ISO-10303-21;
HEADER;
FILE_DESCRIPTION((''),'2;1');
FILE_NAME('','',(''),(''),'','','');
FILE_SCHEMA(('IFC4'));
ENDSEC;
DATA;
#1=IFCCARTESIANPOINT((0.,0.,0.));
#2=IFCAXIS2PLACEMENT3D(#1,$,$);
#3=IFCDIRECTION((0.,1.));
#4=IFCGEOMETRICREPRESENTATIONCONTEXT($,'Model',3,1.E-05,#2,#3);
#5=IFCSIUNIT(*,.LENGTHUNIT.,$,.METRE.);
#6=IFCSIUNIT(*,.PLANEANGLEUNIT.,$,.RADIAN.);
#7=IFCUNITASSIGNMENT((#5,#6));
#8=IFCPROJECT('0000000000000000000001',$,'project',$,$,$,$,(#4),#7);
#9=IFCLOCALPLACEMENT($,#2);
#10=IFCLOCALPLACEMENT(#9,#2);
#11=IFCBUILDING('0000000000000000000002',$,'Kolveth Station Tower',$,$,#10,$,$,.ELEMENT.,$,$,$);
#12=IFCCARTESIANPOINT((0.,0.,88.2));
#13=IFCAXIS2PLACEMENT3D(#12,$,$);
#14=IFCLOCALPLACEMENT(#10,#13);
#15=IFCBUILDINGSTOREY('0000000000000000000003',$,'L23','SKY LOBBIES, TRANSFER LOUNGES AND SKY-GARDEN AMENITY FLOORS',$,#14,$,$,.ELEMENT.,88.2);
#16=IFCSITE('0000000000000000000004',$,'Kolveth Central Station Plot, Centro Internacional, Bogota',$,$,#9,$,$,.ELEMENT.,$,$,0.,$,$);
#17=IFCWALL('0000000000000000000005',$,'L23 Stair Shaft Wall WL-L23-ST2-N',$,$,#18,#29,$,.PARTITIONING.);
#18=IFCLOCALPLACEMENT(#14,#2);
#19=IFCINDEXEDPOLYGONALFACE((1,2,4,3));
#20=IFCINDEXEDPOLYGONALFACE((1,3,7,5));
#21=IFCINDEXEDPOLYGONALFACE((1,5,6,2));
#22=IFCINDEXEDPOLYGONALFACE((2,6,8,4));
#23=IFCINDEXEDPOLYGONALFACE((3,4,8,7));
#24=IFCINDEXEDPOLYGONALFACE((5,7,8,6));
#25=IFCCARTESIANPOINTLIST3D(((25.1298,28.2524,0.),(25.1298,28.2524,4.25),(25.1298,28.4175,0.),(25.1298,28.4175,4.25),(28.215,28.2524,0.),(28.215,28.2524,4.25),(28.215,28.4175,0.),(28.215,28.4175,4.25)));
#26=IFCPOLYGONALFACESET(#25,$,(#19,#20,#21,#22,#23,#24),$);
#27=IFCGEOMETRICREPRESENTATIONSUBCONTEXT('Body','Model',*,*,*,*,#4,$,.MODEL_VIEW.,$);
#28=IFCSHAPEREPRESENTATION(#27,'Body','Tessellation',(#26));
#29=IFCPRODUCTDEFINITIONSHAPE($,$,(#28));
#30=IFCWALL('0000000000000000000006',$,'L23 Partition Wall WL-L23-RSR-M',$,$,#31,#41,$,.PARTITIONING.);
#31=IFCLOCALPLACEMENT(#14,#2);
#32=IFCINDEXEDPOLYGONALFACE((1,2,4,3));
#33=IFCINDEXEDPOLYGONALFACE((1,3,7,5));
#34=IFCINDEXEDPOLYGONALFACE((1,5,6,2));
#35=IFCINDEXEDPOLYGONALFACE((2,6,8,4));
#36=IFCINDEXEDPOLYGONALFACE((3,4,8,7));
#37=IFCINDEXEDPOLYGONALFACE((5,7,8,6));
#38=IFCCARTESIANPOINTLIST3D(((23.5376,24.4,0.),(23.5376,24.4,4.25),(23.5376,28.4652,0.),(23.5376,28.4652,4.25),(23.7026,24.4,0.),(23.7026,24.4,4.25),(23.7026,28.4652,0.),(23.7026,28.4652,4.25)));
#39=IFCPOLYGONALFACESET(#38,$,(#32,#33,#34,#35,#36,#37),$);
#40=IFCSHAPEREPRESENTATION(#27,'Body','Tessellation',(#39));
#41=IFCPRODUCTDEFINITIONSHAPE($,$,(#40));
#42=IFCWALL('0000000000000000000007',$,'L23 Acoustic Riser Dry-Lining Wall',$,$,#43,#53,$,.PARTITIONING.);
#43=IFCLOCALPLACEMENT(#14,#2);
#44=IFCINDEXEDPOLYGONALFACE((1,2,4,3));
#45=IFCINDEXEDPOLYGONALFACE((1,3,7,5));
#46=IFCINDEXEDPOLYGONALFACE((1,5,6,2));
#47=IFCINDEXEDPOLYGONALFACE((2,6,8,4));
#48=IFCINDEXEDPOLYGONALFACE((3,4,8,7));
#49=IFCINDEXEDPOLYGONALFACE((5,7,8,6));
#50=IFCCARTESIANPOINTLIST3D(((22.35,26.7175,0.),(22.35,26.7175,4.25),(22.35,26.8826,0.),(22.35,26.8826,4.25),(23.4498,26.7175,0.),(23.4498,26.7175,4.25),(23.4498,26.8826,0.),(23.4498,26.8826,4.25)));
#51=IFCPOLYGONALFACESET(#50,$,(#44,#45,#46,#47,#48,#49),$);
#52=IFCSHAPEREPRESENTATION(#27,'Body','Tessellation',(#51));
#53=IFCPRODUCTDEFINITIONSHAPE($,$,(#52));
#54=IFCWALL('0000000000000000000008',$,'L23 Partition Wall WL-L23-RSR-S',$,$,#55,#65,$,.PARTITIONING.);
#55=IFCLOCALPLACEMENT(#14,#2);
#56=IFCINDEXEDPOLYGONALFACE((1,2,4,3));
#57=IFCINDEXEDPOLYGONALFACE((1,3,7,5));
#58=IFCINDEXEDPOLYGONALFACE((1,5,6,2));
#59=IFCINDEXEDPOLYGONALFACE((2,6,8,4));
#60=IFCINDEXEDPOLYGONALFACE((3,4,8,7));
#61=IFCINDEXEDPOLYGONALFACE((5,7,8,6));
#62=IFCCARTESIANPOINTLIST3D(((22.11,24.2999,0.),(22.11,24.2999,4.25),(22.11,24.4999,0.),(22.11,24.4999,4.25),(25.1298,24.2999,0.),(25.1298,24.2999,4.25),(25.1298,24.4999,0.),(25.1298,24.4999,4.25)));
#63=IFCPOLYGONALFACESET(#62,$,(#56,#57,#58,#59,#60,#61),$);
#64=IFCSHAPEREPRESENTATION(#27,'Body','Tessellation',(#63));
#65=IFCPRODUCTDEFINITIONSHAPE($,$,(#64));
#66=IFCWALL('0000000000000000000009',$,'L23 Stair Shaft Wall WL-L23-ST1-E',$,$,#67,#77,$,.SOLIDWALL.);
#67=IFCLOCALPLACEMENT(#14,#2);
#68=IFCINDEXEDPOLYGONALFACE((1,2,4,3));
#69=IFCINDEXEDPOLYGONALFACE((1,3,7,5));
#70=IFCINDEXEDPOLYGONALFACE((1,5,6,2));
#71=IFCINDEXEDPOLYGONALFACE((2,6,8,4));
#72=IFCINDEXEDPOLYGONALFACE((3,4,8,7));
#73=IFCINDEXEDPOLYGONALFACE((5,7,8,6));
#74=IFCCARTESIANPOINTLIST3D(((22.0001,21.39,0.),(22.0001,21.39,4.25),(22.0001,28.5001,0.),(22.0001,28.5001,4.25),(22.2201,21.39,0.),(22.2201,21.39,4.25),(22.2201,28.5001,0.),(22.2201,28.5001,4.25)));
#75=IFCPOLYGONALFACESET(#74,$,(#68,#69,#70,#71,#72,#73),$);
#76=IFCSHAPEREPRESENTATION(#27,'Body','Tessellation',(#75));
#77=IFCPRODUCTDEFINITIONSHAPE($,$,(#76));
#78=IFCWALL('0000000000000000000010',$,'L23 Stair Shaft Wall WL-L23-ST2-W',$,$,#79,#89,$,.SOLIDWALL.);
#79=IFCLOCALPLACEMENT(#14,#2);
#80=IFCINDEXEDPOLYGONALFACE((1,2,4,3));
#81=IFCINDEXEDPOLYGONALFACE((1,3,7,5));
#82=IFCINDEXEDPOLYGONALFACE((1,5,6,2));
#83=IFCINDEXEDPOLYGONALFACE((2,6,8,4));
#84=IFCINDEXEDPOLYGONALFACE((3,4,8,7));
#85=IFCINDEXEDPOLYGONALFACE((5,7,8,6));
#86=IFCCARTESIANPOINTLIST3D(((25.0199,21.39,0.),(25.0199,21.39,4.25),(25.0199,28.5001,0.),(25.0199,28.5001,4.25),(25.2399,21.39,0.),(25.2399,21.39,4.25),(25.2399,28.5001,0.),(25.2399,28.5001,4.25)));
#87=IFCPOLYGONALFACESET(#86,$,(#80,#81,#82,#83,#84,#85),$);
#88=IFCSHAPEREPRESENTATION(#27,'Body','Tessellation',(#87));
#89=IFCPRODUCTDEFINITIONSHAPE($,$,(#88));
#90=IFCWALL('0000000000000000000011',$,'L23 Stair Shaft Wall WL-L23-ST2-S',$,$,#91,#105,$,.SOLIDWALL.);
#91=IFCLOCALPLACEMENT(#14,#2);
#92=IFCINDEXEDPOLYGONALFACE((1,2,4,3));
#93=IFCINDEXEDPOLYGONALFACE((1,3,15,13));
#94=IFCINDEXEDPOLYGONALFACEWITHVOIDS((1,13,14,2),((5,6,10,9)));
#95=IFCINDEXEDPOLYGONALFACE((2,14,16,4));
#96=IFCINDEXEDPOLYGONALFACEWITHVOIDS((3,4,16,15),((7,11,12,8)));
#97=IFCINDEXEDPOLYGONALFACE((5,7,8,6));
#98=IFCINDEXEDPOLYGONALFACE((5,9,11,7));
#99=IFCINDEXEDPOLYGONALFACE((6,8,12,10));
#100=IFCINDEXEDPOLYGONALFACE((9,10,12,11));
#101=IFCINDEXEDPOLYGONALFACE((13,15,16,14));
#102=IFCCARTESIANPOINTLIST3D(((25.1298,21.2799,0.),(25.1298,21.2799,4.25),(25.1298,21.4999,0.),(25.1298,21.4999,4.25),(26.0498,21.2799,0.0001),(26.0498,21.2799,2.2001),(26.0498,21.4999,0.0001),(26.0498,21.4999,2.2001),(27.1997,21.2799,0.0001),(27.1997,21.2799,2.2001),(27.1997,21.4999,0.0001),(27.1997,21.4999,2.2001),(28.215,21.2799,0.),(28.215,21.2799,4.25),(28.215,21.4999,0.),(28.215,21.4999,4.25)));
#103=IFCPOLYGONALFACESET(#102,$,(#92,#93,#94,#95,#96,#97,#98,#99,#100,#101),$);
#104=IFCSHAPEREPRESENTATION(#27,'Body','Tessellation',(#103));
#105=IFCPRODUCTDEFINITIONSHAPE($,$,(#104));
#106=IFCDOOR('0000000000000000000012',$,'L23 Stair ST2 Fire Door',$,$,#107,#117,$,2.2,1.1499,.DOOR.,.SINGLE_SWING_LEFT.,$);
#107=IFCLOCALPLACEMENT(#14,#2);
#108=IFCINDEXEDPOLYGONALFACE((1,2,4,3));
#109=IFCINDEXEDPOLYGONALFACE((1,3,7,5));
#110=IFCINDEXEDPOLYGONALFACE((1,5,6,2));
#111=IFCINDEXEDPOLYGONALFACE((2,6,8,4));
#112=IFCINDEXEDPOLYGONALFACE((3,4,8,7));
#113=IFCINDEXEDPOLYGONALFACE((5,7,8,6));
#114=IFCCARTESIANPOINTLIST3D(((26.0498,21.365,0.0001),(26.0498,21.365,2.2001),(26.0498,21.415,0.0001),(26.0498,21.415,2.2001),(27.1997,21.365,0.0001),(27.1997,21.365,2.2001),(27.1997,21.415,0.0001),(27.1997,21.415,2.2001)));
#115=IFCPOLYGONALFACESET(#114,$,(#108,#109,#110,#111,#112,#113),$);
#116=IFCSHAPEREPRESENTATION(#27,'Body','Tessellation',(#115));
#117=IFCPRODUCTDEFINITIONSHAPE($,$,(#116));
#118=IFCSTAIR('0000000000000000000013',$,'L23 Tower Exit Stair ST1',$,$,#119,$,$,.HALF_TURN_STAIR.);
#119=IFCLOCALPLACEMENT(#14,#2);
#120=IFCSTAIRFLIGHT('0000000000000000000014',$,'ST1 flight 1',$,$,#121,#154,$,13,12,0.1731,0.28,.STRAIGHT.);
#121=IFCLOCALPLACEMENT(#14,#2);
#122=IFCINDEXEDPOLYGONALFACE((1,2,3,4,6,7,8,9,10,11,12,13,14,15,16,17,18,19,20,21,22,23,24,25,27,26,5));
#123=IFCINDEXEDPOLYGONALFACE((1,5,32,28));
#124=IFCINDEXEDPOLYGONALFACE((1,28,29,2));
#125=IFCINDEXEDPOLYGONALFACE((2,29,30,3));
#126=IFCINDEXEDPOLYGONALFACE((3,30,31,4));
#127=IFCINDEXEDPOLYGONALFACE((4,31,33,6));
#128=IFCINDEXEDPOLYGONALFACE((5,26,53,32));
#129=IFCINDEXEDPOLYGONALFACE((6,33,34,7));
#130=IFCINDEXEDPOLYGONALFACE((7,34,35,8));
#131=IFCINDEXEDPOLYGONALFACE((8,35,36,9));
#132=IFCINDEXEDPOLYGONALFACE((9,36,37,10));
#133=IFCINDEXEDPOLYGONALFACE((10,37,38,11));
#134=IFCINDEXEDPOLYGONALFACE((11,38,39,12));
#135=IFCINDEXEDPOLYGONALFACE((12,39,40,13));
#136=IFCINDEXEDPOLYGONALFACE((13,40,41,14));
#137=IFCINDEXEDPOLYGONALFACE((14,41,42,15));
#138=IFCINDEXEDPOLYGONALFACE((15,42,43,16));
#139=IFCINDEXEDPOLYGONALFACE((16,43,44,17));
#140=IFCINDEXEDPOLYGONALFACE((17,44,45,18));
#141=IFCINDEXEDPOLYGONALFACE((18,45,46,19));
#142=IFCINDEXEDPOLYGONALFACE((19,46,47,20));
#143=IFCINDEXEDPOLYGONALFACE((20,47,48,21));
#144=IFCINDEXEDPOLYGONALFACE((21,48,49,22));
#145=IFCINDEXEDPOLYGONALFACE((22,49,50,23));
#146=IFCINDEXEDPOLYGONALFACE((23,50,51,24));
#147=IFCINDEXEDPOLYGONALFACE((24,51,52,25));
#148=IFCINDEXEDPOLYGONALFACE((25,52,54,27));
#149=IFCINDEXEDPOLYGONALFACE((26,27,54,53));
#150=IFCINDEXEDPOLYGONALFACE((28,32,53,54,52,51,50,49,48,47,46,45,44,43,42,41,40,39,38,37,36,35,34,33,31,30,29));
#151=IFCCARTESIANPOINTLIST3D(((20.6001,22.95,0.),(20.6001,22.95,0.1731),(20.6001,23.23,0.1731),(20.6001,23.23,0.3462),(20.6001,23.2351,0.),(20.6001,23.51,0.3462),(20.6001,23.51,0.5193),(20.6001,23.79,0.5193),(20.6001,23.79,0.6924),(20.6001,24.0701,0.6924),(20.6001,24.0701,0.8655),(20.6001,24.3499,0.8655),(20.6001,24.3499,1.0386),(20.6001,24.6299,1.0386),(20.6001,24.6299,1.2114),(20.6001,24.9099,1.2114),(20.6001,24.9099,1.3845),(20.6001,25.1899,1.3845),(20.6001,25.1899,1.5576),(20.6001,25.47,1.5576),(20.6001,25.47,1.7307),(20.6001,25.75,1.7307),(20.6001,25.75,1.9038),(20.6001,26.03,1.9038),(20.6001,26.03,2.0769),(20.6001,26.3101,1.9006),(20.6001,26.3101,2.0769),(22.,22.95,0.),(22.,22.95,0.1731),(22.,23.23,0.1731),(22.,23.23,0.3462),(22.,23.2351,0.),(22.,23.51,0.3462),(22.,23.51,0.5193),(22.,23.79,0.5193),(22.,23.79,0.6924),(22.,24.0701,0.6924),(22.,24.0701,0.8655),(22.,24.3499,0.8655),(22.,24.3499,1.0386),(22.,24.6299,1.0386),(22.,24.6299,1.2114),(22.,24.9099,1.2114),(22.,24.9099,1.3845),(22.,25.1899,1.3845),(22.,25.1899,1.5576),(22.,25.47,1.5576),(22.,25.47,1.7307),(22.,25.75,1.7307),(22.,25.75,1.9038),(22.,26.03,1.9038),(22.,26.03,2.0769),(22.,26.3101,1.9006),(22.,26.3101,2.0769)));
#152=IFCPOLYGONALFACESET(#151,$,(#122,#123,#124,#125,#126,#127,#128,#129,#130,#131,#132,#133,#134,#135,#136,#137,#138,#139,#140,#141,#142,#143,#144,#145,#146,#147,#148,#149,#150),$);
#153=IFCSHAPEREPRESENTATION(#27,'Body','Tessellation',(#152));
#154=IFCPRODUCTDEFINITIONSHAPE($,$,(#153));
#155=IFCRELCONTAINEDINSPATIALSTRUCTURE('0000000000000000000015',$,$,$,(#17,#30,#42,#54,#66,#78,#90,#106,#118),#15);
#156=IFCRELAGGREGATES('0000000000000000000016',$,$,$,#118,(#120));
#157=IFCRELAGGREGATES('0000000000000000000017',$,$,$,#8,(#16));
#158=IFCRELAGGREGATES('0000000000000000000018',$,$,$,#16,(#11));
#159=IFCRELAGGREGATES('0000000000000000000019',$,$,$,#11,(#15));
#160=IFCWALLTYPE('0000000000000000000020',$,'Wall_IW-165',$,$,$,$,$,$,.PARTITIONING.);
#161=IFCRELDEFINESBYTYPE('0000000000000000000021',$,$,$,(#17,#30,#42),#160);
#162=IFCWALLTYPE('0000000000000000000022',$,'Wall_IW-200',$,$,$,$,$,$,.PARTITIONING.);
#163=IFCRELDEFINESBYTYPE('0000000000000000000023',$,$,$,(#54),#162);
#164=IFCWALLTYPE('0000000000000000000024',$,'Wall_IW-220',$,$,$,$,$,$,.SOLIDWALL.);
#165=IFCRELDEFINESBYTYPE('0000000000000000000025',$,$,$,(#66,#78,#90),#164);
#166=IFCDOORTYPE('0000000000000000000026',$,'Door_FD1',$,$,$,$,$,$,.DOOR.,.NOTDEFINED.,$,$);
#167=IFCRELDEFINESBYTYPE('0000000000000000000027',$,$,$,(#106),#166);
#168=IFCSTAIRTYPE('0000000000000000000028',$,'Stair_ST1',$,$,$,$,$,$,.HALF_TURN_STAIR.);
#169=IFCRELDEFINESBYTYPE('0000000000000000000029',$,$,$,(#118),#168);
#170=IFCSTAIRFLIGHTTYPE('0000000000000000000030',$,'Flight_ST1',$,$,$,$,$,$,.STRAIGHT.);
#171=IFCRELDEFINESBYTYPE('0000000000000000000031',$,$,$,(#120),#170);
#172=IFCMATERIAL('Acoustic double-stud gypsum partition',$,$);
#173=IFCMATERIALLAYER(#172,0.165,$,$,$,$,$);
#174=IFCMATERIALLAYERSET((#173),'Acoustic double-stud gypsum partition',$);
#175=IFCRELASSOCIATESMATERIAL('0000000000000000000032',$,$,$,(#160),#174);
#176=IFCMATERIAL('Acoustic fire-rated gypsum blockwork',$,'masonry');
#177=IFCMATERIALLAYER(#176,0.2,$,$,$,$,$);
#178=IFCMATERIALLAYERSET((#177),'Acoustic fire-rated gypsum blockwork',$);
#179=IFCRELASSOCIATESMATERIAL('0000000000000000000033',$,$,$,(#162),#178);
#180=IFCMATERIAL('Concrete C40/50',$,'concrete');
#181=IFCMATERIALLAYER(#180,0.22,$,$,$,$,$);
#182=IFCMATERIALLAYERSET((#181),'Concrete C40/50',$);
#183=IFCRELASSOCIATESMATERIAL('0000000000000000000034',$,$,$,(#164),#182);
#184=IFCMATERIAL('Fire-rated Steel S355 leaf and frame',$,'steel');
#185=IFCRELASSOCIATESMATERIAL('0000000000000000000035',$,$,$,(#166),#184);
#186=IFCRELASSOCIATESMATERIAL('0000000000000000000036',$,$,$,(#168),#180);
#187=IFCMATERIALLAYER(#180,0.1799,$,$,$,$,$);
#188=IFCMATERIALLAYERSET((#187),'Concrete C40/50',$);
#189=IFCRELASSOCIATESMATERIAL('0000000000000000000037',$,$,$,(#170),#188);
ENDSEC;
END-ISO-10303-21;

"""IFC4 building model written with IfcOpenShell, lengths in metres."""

from ifc_helpers import new_model, si_unit, direction, frame, frame_2d, origin, place, context, subcontext, project, spatial, polyline, rectangle, outline, extrude, material, layer, layer_set, type_object, element, fill, aggregate, save


model = new_model("IFC4")

# Units and contexts
model_context = context("Model", 3, precision=1e-05, world=origin(), true_north=direction((0.0, 1.0)))
body_context = subcontext(model_context, "Body", "Model", "MODEL_VIEW")
ifc_project = project(units=[si_unit("LENGTHUNIT", "METRE"), si_unit("PLANEANGLEUNIT", "RADIAN")], contexts=[model_context])

# Site, building, storey
site_placement = place(None, origin())
site = spatial("IfcSite", under=ifc_project, at=site_placement, Name="Kolveth Central Station Plot, Centro Internacional, Bogota", CompositionType="ELEMENT", RefElevation=0.0)
building_placement = place(site_placement, origin())
building = spatial("IfcBuilding", under=site, at=building_placement, Name="Kolveth Station Tower", CompositionType="ELEMENT")
storey_placement = place(building_placement, frame((0.0, 0.0, 88.2)))
storey = spatial("IfcBuildingStorey", under=building, at=storey_placement, Name="L23", Description="SKY LOBBIES, TRANSFER LOUNGES AND SKY-GARDEN AMENITY FLOORS", CompositionType="ELEMENT", Elevation=88.2)

# Walls
ifc_material_1 = material(Name="Acoustic double-stud gypsum partition")
ifc_layer_1 = layer(ifc_material_1, 0.165)
ifc_layer_set_1 = layer_set([ifc_layer_1], Name="Acoustic double-stud gypsum partition")
wall_type_1 = type_object("IfcWallType", Name="Wall_IW-165", PredefinedType="PARTITIONING", material=ifc_layer_set_1)
wall_1_placement = place(storey_placement, frame((25.1299, 28.335, 0.0), z_axis=(0.0, 0.0, 1.0), x_axis=(1.0, 0.0, 0.0)))
element("IfcWall", 1, at=wall_1_placement, inside=storey, type_object=wall_type_1, Name="L23 Stair Shaft Wall WL-L23-ST2-N", PredefinedType="PARTITIONING", context=body_context, shape_type="SweptSolid", body=[
    extrude(rectangle(XDim=3.0852, YDim=0.165, at=frame_2d((1.5425, 0.0))), origin(), (0.0, 0.0, 1.0), 4.25),
])
wall_2_placement = place(storey_placement, frame((23.6201, 24.3999, 0.0), z_axis=(0.0, 0.0, 1.0), x_axis=(0.0, 1.0, 0.0)))
element("IfcWall", 2, at=wall_2_placement, inside=storey, type_object=wall_type_1, Name="L23 Partition Wall WL-L23-RSR-M", PredefinedType="PARTITIONING", context=body_context, shape_type="SweptSolid", body=[
    extrude(rectangle(XDim=4.0652, YDim=0.165, at=frame_2d((2.0327, 0.0))), origin(), (0.0, 0.0, 1.0), 4.25),
])
wall_3_placement = place(storey_placement, frame((22.3501, 26.8, 0.0), z_axis=(0.0, 0.0, 1.0), x_axis=(1.0, 0.0, 0.0)))
element("IfcWall", 3, at=wall_3_placement, inside=storey, type_object=wall_type_1, Name="L23 Acoustic Riser Dry-Lining Wall", PredefinedType="PARTITIONING", context=body_context, shape_type="SweptSolid", body=[
    extrude(rectangle(XDim=1.0999, YDim=0.165, at=frame_2d((0.5498, 0.0))), origin(), (0.0, 0.0, 1.0), 4.25),
])
ifc_material_2 = material(Name="Acoustic fire-rated gypsum blockwork", Category="masonry")
ifc_layer_2 = layer(ifc_material_2, 0.2)
ifc_layer_set_2 = layer_set([ifc_layer_2], Name="Acoustic fire-rated gypsum blockwork")
wall_type_2 = type_object("IfcWallType", Name="Wall_IW-200", PredefinedType="PARTITIONING", material=ifc_layer_set_2)
wall_4_placement = place(storey_placement, frame((22.1101, 24.3999, 0.0), z_axis=(0.0, 0.0, 1.0), x_axis=(1.0, 0.0, 0.0)))
element("IfcWall", 4, at=wall_4_placement, inside=storey, type_object=wall_type_2, Name="L23 Partition Wall WL-L23-RSR-S", PredefinedType="PARTITIONING", context=body_context, shape_type="SweptSolid", body=[
    extrude(rectangle(XDim=3.0198, YDim=0.2, at=frame_2d((1.5098, 0.0))), origin(), (0.0, 0.0, 1.0), 4.25),
])
ifc_material_3 = material(Name="Concrete C40/50", Category="concrete")
ifc_layer_3 = layer(ifc_material_3, 0.22)
ifc_layer_set_3 = layer_set([ifc_layer_3], Name="Concrete C40/50")
wall_type_3 = type_object("IfcWallType", Name="Wall_IW-220", PredefinedType="SOLIDWALL", material=ifc_layer_set_3)
for number, where, z_axis, x_axis, name in (
    (5, (22.1101, 21.3899, 0.0), (0.0, 0.0, 1.0), (0.0, 1.0, 0.0), "L23 Stair Shaft Wall WL-L23-ST1-E"),
    (6, (25.1299, 21.3899, 0.0), (0.0, 0.0, 1.0), (0.0, 1.0, 0.0), "L23 Stair Shaft Wall WL-L23-ST2-W"),
):
    element("IfcWall", number, at=place(storey_placement, frame(where, z_axis=z_axis, x_axis=x_axis)), inside=storey, type_object=wall_type_3, Name=name, PredefinedType="SOLIDWALL", context=body_context, shape_type="SweptSolid", body=[
        extrude(rectangle(XDim=7.1101, YDim=0.22, at=frame_2d((3.5552, 0.0))), origin(), (0.0, 0.0, 1.0), 4.25),
    ])

# Wall, opening, door
wall_5_placement = place(storey_placement, frame((25.1299, 21.3899, 0.0), z_axis=(0.0, 0.0, 1.0), x_axis=(1.0, 0.0, 0.0)))
wall_5 = element("IfcWall", 7, at=wall_5_placement, inside=storey, type_object=wall_type_3, Name="L23 Stair Shaft Wall WL-L23-ST2-S", PredefinedType="SOLIDWALL", context=body_context, shape_type="SweptSolid", body=[
    extrude(rectangle(XDim=3.0852, YDim=0.22, at=frame_2d((1.5425, 0.0))), origin(), (0.0, 0.0, 1.0), 4.25),
])
opening_placement = place(wall_5_placement, frame((0.9199, 0.0, 0.0)))
opening = element("IfcOpeningElement", 8, at=opening_placement, cuts=wall_5, PredefinedType="OPENING", context=body_context, shape_type="SweptSolid", body=[
    extrude(rectangle(XDim=1.1499, YDim=2.2, at=frame_2d((0.575, 1.1001))), frame((0.0, 0.1199, 0.0), z_axis=(0.0, -1.0, 0.0), x_axis=(1.0, 0.0, 0.0)), (0.0, 0.0, 1.0), 0.24),
])
ifc_material_4 = material(Name="Fire-rated Steel S355 leaf and frame", Category="steel")
door_type = type_object("IfcDoorType", Name="Door_FD1", OperationType="NOTDEFINED", PredefinedType="DOOR", material=ifc_material_4)
door_placement = place(opening_placement, frame((1.1499, 0.0, 0.0), z_axis=(0.0, 0.0, 1.0), x_axis=(-1.0, 0.0, 0.0)))
door = element("IfcDoor", 9, at=door_placement, inside=storey, type_object=door_type, Name="L23 Stair ST2 Fire Door", OperationType="SINGLE_SWING_LEFT", OverallHeight=2.2, OverallWidth=1.1499, PredefinedType="DOOR", context=body_context, shape_type="SweptSolid", body=[
    extrude(rectangle(XDim=1.1499, YDim=2.2, at=frame_2d((0.575, 1.1001))), frame((0.0, 0.0249, 0.0), z_axis=(0.0, -1.0, 0.0), x_axis=(1.0, 0.0, 0.0)), (0.0, 0.0, 1.0), 0.05),
])
fill(opening, door)

# Stair, stair flight
stair_type_1 = type_object("IfcStairType", Name="Stair_ST1", PredefinedType="HALF_TURN_STAIR", material=ifc_material_3)
stair_1_placement = place(storey_placement, origin())
stair_1 = element("IfcStair", 10, at=stair_1_placement, inside=storey, type_object=stair_type_1, Name="L23 Tower Exit Stair ST1", PredefinedType="HALF_TURN_STAIR")
ifc_layer_4 = layer(ifc_material_3, 0.1799)
ifc_layer_set_4 = layer_set([ifc_layer_4], Name="Concrete C40/50")
stair_flight_type_1 = type_object("IfcStairFlightType", Name="Flight_ST1", PredefinedType="STRAIGHT", material=ifc_layer_set_4)
stair_flight_1_placement = place(storey_placement, frame((21.3, 22.95, 0.0), z_axis=(0.0, 0.0, 1.0), x_axis=(0.0, 1.0, 0.0)))
stair_flight_1 = element("IfcStairFlight", 11, at=stair_flight_1_placement, type_object=stair_flight_type_1, Name="ST1 flight 1", NumberOfRisers=13, NumberOfTreads=12, PredefinedType="STRAIGHT", RiserHeight=0.1731, TreadLength=0.28, context=body_context, shape_type="SweptSolid", body=[
    extrude(outline(polyline([(0.0, 0.0), (0.0, 0.1731), (0.28, 0.1731), (0.28, 0.3462), (0.5601, 0.3462), (0.5601, 0.5193), (0.8401, 0.5193), (0.8401, 0.6924), (1.1201, 0.6924), (1.1201, 0.8655), (1.3999, 0.8655), (1.3999, 1.0386), (1.6799, 1.0386), (1.6799, 1.2114), (1.96, 1.2114), (1.96, 1.3845), (2.24, 1.3845), (2.24, 1.5576), (2.52, 1.5576), (2.52, 1.7307), (2.8, 1.7307), (2.8, 1.9038), (3.0801, 1.9038), (3.0801, 2.0769), (3.3601, 2.0769), (3.3601, 2.25), (3.3601, 1.9006), (0.2852, 0.0), (0.0, 0.0)])), frame((0.0, 0.7, 0.0), z_axis=(0.0, -1.0, 0.0), x_axis=(1.0, 0.0, 0.0)), (0.0, 0.0, 1.0), 1.3999),
])
aggregate(stair_1, [stair_flight_1])

save(model, "model.ifc")
